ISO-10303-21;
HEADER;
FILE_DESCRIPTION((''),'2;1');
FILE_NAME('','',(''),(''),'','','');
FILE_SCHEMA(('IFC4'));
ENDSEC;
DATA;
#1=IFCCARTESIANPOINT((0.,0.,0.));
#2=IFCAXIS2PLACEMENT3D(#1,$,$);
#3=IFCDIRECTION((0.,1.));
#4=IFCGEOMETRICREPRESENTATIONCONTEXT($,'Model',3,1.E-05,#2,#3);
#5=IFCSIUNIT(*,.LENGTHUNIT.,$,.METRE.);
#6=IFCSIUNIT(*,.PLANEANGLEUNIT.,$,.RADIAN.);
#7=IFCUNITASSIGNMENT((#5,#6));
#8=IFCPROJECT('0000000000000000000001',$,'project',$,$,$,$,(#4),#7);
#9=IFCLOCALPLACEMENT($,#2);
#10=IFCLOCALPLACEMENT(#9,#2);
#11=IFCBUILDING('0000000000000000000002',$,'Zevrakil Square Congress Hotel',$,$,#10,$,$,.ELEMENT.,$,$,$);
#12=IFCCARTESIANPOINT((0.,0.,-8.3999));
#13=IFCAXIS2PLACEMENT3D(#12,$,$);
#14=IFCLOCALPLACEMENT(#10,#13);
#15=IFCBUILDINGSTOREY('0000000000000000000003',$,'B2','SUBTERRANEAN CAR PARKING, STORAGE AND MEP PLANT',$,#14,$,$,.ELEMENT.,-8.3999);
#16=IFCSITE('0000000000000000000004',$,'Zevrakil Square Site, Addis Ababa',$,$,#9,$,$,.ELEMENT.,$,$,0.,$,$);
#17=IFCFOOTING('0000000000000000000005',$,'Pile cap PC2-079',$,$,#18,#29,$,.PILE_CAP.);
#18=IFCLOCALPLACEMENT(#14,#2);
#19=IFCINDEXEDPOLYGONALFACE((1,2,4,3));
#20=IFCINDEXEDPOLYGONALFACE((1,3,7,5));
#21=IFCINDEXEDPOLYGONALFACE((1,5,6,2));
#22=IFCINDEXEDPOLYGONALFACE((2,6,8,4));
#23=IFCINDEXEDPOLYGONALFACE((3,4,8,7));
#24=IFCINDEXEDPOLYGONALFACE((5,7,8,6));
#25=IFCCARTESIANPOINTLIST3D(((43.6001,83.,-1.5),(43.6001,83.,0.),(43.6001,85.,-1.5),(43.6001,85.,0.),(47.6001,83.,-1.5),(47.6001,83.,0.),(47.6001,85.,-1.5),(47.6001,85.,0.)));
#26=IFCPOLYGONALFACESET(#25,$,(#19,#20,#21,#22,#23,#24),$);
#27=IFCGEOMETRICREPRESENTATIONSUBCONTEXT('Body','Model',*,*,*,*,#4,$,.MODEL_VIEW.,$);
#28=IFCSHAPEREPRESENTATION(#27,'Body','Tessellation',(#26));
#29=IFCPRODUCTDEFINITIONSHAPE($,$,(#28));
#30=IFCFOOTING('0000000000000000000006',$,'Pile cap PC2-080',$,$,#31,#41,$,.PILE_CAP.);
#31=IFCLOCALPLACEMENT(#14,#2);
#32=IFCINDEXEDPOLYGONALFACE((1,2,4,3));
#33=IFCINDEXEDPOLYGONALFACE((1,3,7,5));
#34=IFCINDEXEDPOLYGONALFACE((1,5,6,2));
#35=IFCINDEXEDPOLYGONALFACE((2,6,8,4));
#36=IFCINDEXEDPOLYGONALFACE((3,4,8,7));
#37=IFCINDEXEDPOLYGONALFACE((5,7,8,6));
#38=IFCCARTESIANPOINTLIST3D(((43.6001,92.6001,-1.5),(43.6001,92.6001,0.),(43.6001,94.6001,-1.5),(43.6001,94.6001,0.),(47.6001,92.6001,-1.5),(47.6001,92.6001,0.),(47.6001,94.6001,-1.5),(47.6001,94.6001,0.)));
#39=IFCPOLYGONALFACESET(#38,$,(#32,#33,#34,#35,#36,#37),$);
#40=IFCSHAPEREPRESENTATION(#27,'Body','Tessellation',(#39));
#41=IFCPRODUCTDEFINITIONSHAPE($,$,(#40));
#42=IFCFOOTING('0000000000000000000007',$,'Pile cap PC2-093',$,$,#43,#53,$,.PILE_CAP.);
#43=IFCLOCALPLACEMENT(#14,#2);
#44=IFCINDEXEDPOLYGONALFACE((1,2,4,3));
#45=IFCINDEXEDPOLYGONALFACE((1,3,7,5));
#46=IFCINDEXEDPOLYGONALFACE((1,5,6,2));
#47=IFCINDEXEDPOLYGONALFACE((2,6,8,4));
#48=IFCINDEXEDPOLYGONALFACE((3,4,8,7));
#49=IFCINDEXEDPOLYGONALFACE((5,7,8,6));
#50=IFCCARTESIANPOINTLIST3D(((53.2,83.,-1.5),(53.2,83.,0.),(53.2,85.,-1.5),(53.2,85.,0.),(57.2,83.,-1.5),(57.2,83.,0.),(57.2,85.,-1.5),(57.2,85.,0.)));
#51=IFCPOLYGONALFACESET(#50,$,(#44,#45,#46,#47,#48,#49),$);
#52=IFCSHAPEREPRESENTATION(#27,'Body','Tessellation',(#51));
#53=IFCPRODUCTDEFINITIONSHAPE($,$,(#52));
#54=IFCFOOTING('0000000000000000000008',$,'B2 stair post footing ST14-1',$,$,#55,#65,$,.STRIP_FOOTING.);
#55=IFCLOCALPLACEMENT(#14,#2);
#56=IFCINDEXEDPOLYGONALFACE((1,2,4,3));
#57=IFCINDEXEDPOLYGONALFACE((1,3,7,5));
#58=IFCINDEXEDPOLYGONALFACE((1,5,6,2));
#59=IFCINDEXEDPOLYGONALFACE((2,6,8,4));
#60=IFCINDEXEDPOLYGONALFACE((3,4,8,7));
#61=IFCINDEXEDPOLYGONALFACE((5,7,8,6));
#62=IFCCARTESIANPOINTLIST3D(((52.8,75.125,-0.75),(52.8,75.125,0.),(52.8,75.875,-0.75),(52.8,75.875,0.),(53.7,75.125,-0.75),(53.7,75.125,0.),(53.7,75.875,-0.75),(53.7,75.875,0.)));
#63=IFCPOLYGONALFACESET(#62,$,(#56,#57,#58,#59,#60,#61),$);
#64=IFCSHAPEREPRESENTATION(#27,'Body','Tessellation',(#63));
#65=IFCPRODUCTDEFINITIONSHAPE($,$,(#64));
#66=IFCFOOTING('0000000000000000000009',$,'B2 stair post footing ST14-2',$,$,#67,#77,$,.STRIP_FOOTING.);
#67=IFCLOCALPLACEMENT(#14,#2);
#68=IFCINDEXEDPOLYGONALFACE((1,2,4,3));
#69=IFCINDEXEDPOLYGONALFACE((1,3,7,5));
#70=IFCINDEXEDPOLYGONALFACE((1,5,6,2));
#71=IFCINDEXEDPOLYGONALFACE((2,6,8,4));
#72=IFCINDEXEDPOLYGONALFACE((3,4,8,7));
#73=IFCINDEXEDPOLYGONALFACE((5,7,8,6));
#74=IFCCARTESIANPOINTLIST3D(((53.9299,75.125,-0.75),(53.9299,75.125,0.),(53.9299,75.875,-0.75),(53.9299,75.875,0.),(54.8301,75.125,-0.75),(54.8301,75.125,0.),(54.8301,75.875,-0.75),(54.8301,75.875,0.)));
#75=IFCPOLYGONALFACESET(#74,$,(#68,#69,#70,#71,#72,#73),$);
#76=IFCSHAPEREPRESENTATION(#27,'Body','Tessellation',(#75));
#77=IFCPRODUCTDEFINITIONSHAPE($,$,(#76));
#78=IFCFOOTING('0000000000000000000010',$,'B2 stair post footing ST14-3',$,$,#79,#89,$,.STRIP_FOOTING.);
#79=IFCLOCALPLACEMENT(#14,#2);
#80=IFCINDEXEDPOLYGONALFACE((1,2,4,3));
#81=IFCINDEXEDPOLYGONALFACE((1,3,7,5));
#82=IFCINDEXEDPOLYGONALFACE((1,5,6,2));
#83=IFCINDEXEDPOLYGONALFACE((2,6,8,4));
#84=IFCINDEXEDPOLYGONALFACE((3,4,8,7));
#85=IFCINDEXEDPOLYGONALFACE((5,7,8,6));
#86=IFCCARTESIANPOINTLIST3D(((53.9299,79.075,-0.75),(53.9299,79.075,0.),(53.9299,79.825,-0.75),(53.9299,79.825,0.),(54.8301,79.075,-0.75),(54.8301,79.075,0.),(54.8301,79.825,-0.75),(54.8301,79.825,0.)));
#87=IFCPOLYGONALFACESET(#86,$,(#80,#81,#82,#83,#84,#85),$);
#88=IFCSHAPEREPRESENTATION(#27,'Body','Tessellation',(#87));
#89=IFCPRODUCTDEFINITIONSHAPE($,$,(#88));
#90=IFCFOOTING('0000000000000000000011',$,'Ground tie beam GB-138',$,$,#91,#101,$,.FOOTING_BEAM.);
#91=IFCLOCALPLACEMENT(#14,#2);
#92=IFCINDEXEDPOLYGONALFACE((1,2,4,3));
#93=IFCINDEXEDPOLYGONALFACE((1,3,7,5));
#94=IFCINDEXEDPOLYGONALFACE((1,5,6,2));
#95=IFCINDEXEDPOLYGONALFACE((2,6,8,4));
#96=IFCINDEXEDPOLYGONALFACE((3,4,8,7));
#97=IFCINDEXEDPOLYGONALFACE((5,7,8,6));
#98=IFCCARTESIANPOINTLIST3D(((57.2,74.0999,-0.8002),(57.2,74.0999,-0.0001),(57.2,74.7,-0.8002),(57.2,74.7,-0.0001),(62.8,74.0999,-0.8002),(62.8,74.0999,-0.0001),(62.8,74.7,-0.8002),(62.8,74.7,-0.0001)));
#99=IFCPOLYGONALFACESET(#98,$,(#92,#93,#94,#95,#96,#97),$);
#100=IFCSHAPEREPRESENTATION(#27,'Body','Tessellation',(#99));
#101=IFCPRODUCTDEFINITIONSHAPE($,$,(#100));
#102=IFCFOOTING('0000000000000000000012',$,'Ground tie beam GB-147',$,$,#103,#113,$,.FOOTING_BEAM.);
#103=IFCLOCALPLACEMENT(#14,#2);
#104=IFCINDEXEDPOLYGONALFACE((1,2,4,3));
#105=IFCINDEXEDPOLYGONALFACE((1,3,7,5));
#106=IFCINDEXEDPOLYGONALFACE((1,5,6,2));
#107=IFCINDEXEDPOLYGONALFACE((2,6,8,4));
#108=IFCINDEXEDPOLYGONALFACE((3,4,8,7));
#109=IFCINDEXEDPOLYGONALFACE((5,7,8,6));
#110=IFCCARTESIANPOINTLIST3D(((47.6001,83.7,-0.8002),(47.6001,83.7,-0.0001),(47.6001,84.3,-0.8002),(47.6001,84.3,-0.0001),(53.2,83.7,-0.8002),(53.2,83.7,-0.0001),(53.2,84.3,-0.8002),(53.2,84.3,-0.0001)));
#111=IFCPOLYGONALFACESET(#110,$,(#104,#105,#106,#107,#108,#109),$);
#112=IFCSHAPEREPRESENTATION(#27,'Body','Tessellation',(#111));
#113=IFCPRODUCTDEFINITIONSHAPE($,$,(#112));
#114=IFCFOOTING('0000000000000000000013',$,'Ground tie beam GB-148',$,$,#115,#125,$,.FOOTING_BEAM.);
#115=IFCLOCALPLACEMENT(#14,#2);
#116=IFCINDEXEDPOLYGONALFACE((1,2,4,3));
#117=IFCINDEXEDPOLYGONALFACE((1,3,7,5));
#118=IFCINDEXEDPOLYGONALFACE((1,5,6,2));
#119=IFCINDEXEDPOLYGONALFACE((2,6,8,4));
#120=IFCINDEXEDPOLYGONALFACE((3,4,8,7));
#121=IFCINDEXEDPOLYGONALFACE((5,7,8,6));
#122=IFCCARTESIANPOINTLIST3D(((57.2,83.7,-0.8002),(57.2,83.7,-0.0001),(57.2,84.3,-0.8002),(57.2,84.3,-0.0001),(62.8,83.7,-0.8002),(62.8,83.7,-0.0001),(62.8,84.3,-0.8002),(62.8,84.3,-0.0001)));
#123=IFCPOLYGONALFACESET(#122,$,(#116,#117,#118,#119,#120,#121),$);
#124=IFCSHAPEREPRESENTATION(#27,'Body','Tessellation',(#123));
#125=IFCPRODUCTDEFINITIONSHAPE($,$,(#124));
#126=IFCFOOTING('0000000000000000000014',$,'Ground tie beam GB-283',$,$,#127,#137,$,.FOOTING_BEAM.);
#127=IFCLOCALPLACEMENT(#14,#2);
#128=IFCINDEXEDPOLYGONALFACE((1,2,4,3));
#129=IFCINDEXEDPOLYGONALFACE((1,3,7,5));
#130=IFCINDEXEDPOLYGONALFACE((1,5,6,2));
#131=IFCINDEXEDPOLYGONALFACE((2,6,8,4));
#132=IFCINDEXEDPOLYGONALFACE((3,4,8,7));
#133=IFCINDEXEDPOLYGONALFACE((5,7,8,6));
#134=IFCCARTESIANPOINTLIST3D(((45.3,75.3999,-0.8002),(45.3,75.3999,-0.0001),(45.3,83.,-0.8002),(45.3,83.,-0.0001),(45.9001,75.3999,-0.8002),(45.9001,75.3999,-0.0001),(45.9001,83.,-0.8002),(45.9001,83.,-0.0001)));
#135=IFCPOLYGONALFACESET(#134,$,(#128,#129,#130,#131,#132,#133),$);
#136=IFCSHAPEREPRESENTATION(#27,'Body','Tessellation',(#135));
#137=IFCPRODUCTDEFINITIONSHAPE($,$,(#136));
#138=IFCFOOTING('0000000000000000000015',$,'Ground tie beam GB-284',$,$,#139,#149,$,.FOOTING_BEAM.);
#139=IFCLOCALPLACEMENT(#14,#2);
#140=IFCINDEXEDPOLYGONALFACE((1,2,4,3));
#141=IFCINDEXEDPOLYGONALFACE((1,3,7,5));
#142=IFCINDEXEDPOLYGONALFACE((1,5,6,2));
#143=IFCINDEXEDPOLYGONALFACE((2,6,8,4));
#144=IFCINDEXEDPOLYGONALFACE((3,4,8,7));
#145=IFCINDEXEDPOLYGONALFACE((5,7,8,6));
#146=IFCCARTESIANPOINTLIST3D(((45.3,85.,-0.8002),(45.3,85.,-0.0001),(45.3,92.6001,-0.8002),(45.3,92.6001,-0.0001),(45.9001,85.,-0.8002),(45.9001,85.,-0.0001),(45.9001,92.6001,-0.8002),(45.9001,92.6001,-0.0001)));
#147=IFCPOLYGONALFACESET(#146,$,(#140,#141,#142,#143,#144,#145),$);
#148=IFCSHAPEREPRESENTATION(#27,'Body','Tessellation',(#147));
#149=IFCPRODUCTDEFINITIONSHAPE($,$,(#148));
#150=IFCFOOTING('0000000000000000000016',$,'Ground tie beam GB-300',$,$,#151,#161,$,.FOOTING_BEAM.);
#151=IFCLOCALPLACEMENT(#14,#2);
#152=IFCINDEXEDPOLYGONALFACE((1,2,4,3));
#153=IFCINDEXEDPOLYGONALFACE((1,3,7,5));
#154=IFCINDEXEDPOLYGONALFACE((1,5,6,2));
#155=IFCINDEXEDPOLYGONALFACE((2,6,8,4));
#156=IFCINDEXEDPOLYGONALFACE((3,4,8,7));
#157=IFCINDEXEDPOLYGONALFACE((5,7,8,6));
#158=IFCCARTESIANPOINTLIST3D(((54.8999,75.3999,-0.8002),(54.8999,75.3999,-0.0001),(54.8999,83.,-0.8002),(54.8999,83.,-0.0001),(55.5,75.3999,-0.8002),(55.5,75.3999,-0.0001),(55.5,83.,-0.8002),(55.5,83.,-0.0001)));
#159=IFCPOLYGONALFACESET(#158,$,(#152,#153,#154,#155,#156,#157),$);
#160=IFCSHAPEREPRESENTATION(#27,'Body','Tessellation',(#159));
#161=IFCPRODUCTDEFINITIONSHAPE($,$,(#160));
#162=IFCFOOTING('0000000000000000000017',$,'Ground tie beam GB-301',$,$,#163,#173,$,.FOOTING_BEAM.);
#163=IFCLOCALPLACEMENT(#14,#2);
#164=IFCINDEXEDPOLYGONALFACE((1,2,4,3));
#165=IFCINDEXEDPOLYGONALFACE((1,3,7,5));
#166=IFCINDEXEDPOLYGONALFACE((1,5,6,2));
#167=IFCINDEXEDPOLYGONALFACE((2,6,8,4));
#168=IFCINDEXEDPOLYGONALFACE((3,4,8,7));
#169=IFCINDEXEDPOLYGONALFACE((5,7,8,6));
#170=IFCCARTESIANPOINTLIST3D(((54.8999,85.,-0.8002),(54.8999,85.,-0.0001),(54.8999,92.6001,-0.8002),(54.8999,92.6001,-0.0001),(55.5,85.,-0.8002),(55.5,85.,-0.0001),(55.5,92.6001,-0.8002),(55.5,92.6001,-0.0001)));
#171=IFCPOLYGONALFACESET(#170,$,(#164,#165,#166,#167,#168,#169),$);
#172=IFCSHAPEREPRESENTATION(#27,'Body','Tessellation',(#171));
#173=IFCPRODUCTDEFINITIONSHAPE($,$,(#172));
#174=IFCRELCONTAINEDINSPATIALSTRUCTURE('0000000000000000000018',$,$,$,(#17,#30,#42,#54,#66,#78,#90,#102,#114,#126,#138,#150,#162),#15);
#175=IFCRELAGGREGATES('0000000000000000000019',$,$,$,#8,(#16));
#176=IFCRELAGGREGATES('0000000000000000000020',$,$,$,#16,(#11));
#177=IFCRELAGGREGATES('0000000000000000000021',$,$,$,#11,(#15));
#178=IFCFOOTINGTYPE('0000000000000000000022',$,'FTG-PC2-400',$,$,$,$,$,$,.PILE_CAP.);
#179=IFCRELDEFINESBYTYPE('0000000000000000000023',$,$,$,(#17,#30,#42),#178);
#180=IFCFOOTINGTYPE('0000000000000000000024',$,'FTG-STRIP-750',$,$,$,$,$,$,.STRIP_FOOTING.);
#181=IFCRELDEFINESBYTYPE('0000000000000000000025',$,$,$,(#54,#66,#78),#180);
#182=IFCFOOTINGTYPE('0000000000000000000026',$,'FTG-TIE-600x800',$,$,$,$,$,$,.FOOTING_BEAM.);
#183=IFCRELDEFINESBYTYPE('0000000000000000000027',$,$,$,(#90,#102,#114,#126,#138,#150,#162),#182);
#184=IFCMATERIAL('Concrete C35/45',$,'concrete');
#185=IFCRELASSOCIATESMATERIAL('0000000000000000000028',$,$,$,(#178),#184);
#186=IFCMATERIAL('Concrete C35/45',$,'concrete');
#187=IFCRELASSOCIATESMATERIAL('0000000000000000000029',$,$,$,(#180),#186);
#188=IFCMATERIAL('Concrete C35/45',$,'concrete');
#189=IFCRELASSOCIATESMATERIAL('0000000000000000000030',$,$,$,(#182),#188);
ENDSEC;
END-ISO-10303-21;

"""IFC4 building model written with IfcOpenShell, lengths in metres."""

from ifc_helpers import new_model, si_unit, direction, frame, origin, origin_2d, place, context, subcontext, project, spatial, rectangle, extrude, material, material_profile, profile_set, type_object, element, save


model = new_model("IFC4")

# Units and contexts
model_context = context("Model", 3, precision=1e-05, world=origin(), true_north=direction((0.0, 1.0)))
body_context = subcontext(model_context, "Body", "Model", "MODEL_VIEW")
ifc_project = project(units=[si_unit("LENGTHUNIT", "METRE"), si_unit("PLANEANGLEUNIT", "RADIAN")], contexts=[model_context])

# Site, building, storey
site_placement = place(None, origin())
site = spatial("IfcSite", under=ifc_project, at=site_placement, Name="Zevrakil Square Site, Addis Ababa", CompositionType="ELEMENT", RefElevation=0.0)
building_placement = place(site_placement, origin())
building = spatial("IfcBuilding", under=site, at=building_placement, Name="Zevrakil Square Congress Hotel", CompositionType="ELEMENT")
storey_placement = place(building_placement, frame((0.0, 0.0, -8.3999)))
storey = spatial("IfcBuildingStorey", under=building, at=storey_placement, Name="B2", Description="SUBTERRANEAN CAR PARKING, STORAGE AND MEP PLANT", CompositionType="ELEMENT", Elevation=-8.3999)

# Footings
ifc_material_1 = material(Name="Concrete C35/45", Category="concrete")
footing_type_1 = type_object("IfcFootingType", Name="FTG-PC2-400", PredefinedType="PILE_CAP", material=ifc_material_1)
for number, where, z_axis, x_axis, name in (
    (1, (45.6001, 84.0, -1.5), (0.0, 0.0, 1.0), (1.0, 0.0, 0.0), "Pile cap PC2-079"),
    (2, (45.6001, 93.6001, -1.5), (0.0, 0.0, 1.0), (1.0, 0.0, 0.0), "Pile cap PC2-080"),
    (3, (55.2, 84.0, -1.5), (0.0, 0.0, 1.0), (1.0, 0.0, 0.0), "Pile cap PC2-093"),
):
    element("IfcFooting", number, at=place(storey_placement, frame(where, z_axis=z_axis, x_axis=x_axis)), inside=storey, type_object=footing_type_1, Name=name, PredefinedType="PILE_CAP", context=body_context, shape_type="SweptSolid", body=[
        extrude(rectangle(XDim=4.0, YDim=2.0, at=origin_2d()), origin(), (0.0, 0.0, 1.0), 1.5),
    ])
ifc_material_2 = material(Name="Concrete C35/45", Category="concrete")
ifc_material_profile_1 = material_profile(ifc_material_2, rectangle(XDim=0.75, YDim=0.75, at=origin_2d()), Name="RC 750x750")
ifc_profile_set_1 = profile_set([ifc_material_profile_1], Name="Concrete C35/45")
footing_type_2 = type_object("IfcFootingType", Name="FTG-STRIP-750", PredefinedType="STRIP_FOOTING", material=ifc_profile_set_1)
footing_1_placement = place(storey_placement, frame((52.8, 75.5, -0.375), z_axis=(1.0, 0.0, 0.0), x_axis=(0.0, 1.0, 0.0)))
element("IfcFooting", 4, at=footing_1_placement, inside=storey, type_object=footing_type_2, Name="B2 stair post footing ST14-1", PredefinedType="STRIP_FOOTING", context=body_context, shape_type="SweptSolid", body=[
    extrude(rectangle(XDim=0.75, YDim=0.75, at=origin_2d()), origin(), (0.0, 0.0, 1.0), 0.8999),
])
for number, where, z_axis, x_axis, name in (
    (5, (53.9299, 75.5, -0.375), (1.0, 0.0, 0.0), (0.0, 1.0, 0.0), "B2 stair post footing ST14-2"),
    (6, (53.9299, 79.45, -0.375), (1.0, 0.0, 0.0), (0.0, 1.0, 0.0), "B2 stair post footing ST14-3"),
):
    element("IfcFooting", number, at=place(storey_placement, frame(where, z_axis=z_axis, x_axis=x_axis)), inside=storey, type_object=footing_type_2, Name=name, PredefinedType="STRIP_FOOTING", context=body_context, shape_type="SweptSolid", body=[
        extrude(rectangle(XDim=0.75, YDim=0.75, at=origin_2d()), origin(), (0.0, 0.0, 1.0), 0.9001),
    ])
ifc_material_3 = material(Name="Concrete C35/45", Category="concrete")
ifc_material_profile_2 = material_profile(ifc_material_3, rectangle(XDim=0.6001, YDim=0.8, at=origin_2d()), Name="RC 600x800")
ifc_profile_set_2 = profile_set([ifc_material_profile_2], Name="Concrete C35/45")
footing_type_3 = type_object("IfcFootingType", Name="FTG-TIE-600x800", PredefinedType="FOOTING_BEAM", material=ifc_profile_set_2)
footing_2_placement = place(storey_placement, frame((57.2, 74.3999, -0.4001), z_axis=(1.0, 0.0, 0.0), x_axis=(0.0, 1.0, 0.0)))
element("IfcFooting", 7, at=footing_2_placement, inside=storey, type_object=footing_type_3, Name="Ground tie beam GB-138", PredefinedType="FOOTING_BEAM", context=body_context, shape_type="SweptSolid", body=[
    extrude(rectangle(XDim=0.6001, YDim=0.8, at=origin_2d()), origin(), (0.0, 0.0, 1.0), 5.6001),
])
footing_3_placement = place(storey_placement, frame((47.6001, 84.0, -0.4001), z_axis=(1.0, 0.0, 0.0), x_axis=(0.0, 1.0, 0.0)))
element("IfcFooting", 8, at=footing_3_placement, inside=storey, type_object=footing_type_3, Name="Ground tie beam GB-147", PredefinedType="FOOTING_BEAM", context=body_context, shape_type="SweptSolid", body=[
    extrude(rectangle(XDim=0.6001, YDim=0.8, at=origin_2d()), origin(), (0.0, 0.0, 1.0), 5.5999),
])
footing_4_placement = place(storey_placement, frame((57.2, 84.0, -0.4001), z_axis=(1.0, 0.0, 0.0), x_axis=(0.0, 1.0, 0.0)))
element("IfcFooting", 9, at=footing_4_placement, inside=storey, type_object=footing_type_3, Name="Ground tie beam GB-148", PredefinedType="FOOTING_BEAM", context=body_context, shape_type="SweptSolid", body=[
    extrude(rectangle(XDim=0.6001, YDim=0.8, at=origin_2d()), origin(), (0.0, 0.0, 1.0), 5.6001),
])
for number, where, z_axis, x_axis, name in (
    (10, (45.6001, 75.3999, -0.4001), (0.0, 1.0, 0.0), (-1.0, 0.0, 0.0), "Ground tie beam GB-283"),
    (11, (45.6001, 85.0, -0.4001), (0.0, 1.0, 0.0), (-1.0, 0.0, 0.0), "Ground tie beam GB-284"),
    (12, (55.2, 75.3999, -0.4001), (0.0, 1.0, 0.0), (-1.0, 0.0, 0.0), "Ground tie beam GB-300"),
    (13, (55.2, 85.0, -0.4001), (0.0, 1.0, 0.0), (-1.0, 0.0, 0.0), "Ground tie beam GB-301"),
):
    element("IfcFooting", number, at=place(storey_placement, frame(where, z_axis=z_axis, x_axis=x_axis)), inside=storey, type_object=footing_type_3, Name=name, PredefinedType="FOOTING_BEAM", context=body_context, shape_type="SweptSolid", body=[
        extrude(rectangle(XDim=0.6001, YDim=0.8, at=origin_2d()), origin(), (0.0, 0.0, 1.0), 7.6001),
    ])

save(model, "model.ifc")
